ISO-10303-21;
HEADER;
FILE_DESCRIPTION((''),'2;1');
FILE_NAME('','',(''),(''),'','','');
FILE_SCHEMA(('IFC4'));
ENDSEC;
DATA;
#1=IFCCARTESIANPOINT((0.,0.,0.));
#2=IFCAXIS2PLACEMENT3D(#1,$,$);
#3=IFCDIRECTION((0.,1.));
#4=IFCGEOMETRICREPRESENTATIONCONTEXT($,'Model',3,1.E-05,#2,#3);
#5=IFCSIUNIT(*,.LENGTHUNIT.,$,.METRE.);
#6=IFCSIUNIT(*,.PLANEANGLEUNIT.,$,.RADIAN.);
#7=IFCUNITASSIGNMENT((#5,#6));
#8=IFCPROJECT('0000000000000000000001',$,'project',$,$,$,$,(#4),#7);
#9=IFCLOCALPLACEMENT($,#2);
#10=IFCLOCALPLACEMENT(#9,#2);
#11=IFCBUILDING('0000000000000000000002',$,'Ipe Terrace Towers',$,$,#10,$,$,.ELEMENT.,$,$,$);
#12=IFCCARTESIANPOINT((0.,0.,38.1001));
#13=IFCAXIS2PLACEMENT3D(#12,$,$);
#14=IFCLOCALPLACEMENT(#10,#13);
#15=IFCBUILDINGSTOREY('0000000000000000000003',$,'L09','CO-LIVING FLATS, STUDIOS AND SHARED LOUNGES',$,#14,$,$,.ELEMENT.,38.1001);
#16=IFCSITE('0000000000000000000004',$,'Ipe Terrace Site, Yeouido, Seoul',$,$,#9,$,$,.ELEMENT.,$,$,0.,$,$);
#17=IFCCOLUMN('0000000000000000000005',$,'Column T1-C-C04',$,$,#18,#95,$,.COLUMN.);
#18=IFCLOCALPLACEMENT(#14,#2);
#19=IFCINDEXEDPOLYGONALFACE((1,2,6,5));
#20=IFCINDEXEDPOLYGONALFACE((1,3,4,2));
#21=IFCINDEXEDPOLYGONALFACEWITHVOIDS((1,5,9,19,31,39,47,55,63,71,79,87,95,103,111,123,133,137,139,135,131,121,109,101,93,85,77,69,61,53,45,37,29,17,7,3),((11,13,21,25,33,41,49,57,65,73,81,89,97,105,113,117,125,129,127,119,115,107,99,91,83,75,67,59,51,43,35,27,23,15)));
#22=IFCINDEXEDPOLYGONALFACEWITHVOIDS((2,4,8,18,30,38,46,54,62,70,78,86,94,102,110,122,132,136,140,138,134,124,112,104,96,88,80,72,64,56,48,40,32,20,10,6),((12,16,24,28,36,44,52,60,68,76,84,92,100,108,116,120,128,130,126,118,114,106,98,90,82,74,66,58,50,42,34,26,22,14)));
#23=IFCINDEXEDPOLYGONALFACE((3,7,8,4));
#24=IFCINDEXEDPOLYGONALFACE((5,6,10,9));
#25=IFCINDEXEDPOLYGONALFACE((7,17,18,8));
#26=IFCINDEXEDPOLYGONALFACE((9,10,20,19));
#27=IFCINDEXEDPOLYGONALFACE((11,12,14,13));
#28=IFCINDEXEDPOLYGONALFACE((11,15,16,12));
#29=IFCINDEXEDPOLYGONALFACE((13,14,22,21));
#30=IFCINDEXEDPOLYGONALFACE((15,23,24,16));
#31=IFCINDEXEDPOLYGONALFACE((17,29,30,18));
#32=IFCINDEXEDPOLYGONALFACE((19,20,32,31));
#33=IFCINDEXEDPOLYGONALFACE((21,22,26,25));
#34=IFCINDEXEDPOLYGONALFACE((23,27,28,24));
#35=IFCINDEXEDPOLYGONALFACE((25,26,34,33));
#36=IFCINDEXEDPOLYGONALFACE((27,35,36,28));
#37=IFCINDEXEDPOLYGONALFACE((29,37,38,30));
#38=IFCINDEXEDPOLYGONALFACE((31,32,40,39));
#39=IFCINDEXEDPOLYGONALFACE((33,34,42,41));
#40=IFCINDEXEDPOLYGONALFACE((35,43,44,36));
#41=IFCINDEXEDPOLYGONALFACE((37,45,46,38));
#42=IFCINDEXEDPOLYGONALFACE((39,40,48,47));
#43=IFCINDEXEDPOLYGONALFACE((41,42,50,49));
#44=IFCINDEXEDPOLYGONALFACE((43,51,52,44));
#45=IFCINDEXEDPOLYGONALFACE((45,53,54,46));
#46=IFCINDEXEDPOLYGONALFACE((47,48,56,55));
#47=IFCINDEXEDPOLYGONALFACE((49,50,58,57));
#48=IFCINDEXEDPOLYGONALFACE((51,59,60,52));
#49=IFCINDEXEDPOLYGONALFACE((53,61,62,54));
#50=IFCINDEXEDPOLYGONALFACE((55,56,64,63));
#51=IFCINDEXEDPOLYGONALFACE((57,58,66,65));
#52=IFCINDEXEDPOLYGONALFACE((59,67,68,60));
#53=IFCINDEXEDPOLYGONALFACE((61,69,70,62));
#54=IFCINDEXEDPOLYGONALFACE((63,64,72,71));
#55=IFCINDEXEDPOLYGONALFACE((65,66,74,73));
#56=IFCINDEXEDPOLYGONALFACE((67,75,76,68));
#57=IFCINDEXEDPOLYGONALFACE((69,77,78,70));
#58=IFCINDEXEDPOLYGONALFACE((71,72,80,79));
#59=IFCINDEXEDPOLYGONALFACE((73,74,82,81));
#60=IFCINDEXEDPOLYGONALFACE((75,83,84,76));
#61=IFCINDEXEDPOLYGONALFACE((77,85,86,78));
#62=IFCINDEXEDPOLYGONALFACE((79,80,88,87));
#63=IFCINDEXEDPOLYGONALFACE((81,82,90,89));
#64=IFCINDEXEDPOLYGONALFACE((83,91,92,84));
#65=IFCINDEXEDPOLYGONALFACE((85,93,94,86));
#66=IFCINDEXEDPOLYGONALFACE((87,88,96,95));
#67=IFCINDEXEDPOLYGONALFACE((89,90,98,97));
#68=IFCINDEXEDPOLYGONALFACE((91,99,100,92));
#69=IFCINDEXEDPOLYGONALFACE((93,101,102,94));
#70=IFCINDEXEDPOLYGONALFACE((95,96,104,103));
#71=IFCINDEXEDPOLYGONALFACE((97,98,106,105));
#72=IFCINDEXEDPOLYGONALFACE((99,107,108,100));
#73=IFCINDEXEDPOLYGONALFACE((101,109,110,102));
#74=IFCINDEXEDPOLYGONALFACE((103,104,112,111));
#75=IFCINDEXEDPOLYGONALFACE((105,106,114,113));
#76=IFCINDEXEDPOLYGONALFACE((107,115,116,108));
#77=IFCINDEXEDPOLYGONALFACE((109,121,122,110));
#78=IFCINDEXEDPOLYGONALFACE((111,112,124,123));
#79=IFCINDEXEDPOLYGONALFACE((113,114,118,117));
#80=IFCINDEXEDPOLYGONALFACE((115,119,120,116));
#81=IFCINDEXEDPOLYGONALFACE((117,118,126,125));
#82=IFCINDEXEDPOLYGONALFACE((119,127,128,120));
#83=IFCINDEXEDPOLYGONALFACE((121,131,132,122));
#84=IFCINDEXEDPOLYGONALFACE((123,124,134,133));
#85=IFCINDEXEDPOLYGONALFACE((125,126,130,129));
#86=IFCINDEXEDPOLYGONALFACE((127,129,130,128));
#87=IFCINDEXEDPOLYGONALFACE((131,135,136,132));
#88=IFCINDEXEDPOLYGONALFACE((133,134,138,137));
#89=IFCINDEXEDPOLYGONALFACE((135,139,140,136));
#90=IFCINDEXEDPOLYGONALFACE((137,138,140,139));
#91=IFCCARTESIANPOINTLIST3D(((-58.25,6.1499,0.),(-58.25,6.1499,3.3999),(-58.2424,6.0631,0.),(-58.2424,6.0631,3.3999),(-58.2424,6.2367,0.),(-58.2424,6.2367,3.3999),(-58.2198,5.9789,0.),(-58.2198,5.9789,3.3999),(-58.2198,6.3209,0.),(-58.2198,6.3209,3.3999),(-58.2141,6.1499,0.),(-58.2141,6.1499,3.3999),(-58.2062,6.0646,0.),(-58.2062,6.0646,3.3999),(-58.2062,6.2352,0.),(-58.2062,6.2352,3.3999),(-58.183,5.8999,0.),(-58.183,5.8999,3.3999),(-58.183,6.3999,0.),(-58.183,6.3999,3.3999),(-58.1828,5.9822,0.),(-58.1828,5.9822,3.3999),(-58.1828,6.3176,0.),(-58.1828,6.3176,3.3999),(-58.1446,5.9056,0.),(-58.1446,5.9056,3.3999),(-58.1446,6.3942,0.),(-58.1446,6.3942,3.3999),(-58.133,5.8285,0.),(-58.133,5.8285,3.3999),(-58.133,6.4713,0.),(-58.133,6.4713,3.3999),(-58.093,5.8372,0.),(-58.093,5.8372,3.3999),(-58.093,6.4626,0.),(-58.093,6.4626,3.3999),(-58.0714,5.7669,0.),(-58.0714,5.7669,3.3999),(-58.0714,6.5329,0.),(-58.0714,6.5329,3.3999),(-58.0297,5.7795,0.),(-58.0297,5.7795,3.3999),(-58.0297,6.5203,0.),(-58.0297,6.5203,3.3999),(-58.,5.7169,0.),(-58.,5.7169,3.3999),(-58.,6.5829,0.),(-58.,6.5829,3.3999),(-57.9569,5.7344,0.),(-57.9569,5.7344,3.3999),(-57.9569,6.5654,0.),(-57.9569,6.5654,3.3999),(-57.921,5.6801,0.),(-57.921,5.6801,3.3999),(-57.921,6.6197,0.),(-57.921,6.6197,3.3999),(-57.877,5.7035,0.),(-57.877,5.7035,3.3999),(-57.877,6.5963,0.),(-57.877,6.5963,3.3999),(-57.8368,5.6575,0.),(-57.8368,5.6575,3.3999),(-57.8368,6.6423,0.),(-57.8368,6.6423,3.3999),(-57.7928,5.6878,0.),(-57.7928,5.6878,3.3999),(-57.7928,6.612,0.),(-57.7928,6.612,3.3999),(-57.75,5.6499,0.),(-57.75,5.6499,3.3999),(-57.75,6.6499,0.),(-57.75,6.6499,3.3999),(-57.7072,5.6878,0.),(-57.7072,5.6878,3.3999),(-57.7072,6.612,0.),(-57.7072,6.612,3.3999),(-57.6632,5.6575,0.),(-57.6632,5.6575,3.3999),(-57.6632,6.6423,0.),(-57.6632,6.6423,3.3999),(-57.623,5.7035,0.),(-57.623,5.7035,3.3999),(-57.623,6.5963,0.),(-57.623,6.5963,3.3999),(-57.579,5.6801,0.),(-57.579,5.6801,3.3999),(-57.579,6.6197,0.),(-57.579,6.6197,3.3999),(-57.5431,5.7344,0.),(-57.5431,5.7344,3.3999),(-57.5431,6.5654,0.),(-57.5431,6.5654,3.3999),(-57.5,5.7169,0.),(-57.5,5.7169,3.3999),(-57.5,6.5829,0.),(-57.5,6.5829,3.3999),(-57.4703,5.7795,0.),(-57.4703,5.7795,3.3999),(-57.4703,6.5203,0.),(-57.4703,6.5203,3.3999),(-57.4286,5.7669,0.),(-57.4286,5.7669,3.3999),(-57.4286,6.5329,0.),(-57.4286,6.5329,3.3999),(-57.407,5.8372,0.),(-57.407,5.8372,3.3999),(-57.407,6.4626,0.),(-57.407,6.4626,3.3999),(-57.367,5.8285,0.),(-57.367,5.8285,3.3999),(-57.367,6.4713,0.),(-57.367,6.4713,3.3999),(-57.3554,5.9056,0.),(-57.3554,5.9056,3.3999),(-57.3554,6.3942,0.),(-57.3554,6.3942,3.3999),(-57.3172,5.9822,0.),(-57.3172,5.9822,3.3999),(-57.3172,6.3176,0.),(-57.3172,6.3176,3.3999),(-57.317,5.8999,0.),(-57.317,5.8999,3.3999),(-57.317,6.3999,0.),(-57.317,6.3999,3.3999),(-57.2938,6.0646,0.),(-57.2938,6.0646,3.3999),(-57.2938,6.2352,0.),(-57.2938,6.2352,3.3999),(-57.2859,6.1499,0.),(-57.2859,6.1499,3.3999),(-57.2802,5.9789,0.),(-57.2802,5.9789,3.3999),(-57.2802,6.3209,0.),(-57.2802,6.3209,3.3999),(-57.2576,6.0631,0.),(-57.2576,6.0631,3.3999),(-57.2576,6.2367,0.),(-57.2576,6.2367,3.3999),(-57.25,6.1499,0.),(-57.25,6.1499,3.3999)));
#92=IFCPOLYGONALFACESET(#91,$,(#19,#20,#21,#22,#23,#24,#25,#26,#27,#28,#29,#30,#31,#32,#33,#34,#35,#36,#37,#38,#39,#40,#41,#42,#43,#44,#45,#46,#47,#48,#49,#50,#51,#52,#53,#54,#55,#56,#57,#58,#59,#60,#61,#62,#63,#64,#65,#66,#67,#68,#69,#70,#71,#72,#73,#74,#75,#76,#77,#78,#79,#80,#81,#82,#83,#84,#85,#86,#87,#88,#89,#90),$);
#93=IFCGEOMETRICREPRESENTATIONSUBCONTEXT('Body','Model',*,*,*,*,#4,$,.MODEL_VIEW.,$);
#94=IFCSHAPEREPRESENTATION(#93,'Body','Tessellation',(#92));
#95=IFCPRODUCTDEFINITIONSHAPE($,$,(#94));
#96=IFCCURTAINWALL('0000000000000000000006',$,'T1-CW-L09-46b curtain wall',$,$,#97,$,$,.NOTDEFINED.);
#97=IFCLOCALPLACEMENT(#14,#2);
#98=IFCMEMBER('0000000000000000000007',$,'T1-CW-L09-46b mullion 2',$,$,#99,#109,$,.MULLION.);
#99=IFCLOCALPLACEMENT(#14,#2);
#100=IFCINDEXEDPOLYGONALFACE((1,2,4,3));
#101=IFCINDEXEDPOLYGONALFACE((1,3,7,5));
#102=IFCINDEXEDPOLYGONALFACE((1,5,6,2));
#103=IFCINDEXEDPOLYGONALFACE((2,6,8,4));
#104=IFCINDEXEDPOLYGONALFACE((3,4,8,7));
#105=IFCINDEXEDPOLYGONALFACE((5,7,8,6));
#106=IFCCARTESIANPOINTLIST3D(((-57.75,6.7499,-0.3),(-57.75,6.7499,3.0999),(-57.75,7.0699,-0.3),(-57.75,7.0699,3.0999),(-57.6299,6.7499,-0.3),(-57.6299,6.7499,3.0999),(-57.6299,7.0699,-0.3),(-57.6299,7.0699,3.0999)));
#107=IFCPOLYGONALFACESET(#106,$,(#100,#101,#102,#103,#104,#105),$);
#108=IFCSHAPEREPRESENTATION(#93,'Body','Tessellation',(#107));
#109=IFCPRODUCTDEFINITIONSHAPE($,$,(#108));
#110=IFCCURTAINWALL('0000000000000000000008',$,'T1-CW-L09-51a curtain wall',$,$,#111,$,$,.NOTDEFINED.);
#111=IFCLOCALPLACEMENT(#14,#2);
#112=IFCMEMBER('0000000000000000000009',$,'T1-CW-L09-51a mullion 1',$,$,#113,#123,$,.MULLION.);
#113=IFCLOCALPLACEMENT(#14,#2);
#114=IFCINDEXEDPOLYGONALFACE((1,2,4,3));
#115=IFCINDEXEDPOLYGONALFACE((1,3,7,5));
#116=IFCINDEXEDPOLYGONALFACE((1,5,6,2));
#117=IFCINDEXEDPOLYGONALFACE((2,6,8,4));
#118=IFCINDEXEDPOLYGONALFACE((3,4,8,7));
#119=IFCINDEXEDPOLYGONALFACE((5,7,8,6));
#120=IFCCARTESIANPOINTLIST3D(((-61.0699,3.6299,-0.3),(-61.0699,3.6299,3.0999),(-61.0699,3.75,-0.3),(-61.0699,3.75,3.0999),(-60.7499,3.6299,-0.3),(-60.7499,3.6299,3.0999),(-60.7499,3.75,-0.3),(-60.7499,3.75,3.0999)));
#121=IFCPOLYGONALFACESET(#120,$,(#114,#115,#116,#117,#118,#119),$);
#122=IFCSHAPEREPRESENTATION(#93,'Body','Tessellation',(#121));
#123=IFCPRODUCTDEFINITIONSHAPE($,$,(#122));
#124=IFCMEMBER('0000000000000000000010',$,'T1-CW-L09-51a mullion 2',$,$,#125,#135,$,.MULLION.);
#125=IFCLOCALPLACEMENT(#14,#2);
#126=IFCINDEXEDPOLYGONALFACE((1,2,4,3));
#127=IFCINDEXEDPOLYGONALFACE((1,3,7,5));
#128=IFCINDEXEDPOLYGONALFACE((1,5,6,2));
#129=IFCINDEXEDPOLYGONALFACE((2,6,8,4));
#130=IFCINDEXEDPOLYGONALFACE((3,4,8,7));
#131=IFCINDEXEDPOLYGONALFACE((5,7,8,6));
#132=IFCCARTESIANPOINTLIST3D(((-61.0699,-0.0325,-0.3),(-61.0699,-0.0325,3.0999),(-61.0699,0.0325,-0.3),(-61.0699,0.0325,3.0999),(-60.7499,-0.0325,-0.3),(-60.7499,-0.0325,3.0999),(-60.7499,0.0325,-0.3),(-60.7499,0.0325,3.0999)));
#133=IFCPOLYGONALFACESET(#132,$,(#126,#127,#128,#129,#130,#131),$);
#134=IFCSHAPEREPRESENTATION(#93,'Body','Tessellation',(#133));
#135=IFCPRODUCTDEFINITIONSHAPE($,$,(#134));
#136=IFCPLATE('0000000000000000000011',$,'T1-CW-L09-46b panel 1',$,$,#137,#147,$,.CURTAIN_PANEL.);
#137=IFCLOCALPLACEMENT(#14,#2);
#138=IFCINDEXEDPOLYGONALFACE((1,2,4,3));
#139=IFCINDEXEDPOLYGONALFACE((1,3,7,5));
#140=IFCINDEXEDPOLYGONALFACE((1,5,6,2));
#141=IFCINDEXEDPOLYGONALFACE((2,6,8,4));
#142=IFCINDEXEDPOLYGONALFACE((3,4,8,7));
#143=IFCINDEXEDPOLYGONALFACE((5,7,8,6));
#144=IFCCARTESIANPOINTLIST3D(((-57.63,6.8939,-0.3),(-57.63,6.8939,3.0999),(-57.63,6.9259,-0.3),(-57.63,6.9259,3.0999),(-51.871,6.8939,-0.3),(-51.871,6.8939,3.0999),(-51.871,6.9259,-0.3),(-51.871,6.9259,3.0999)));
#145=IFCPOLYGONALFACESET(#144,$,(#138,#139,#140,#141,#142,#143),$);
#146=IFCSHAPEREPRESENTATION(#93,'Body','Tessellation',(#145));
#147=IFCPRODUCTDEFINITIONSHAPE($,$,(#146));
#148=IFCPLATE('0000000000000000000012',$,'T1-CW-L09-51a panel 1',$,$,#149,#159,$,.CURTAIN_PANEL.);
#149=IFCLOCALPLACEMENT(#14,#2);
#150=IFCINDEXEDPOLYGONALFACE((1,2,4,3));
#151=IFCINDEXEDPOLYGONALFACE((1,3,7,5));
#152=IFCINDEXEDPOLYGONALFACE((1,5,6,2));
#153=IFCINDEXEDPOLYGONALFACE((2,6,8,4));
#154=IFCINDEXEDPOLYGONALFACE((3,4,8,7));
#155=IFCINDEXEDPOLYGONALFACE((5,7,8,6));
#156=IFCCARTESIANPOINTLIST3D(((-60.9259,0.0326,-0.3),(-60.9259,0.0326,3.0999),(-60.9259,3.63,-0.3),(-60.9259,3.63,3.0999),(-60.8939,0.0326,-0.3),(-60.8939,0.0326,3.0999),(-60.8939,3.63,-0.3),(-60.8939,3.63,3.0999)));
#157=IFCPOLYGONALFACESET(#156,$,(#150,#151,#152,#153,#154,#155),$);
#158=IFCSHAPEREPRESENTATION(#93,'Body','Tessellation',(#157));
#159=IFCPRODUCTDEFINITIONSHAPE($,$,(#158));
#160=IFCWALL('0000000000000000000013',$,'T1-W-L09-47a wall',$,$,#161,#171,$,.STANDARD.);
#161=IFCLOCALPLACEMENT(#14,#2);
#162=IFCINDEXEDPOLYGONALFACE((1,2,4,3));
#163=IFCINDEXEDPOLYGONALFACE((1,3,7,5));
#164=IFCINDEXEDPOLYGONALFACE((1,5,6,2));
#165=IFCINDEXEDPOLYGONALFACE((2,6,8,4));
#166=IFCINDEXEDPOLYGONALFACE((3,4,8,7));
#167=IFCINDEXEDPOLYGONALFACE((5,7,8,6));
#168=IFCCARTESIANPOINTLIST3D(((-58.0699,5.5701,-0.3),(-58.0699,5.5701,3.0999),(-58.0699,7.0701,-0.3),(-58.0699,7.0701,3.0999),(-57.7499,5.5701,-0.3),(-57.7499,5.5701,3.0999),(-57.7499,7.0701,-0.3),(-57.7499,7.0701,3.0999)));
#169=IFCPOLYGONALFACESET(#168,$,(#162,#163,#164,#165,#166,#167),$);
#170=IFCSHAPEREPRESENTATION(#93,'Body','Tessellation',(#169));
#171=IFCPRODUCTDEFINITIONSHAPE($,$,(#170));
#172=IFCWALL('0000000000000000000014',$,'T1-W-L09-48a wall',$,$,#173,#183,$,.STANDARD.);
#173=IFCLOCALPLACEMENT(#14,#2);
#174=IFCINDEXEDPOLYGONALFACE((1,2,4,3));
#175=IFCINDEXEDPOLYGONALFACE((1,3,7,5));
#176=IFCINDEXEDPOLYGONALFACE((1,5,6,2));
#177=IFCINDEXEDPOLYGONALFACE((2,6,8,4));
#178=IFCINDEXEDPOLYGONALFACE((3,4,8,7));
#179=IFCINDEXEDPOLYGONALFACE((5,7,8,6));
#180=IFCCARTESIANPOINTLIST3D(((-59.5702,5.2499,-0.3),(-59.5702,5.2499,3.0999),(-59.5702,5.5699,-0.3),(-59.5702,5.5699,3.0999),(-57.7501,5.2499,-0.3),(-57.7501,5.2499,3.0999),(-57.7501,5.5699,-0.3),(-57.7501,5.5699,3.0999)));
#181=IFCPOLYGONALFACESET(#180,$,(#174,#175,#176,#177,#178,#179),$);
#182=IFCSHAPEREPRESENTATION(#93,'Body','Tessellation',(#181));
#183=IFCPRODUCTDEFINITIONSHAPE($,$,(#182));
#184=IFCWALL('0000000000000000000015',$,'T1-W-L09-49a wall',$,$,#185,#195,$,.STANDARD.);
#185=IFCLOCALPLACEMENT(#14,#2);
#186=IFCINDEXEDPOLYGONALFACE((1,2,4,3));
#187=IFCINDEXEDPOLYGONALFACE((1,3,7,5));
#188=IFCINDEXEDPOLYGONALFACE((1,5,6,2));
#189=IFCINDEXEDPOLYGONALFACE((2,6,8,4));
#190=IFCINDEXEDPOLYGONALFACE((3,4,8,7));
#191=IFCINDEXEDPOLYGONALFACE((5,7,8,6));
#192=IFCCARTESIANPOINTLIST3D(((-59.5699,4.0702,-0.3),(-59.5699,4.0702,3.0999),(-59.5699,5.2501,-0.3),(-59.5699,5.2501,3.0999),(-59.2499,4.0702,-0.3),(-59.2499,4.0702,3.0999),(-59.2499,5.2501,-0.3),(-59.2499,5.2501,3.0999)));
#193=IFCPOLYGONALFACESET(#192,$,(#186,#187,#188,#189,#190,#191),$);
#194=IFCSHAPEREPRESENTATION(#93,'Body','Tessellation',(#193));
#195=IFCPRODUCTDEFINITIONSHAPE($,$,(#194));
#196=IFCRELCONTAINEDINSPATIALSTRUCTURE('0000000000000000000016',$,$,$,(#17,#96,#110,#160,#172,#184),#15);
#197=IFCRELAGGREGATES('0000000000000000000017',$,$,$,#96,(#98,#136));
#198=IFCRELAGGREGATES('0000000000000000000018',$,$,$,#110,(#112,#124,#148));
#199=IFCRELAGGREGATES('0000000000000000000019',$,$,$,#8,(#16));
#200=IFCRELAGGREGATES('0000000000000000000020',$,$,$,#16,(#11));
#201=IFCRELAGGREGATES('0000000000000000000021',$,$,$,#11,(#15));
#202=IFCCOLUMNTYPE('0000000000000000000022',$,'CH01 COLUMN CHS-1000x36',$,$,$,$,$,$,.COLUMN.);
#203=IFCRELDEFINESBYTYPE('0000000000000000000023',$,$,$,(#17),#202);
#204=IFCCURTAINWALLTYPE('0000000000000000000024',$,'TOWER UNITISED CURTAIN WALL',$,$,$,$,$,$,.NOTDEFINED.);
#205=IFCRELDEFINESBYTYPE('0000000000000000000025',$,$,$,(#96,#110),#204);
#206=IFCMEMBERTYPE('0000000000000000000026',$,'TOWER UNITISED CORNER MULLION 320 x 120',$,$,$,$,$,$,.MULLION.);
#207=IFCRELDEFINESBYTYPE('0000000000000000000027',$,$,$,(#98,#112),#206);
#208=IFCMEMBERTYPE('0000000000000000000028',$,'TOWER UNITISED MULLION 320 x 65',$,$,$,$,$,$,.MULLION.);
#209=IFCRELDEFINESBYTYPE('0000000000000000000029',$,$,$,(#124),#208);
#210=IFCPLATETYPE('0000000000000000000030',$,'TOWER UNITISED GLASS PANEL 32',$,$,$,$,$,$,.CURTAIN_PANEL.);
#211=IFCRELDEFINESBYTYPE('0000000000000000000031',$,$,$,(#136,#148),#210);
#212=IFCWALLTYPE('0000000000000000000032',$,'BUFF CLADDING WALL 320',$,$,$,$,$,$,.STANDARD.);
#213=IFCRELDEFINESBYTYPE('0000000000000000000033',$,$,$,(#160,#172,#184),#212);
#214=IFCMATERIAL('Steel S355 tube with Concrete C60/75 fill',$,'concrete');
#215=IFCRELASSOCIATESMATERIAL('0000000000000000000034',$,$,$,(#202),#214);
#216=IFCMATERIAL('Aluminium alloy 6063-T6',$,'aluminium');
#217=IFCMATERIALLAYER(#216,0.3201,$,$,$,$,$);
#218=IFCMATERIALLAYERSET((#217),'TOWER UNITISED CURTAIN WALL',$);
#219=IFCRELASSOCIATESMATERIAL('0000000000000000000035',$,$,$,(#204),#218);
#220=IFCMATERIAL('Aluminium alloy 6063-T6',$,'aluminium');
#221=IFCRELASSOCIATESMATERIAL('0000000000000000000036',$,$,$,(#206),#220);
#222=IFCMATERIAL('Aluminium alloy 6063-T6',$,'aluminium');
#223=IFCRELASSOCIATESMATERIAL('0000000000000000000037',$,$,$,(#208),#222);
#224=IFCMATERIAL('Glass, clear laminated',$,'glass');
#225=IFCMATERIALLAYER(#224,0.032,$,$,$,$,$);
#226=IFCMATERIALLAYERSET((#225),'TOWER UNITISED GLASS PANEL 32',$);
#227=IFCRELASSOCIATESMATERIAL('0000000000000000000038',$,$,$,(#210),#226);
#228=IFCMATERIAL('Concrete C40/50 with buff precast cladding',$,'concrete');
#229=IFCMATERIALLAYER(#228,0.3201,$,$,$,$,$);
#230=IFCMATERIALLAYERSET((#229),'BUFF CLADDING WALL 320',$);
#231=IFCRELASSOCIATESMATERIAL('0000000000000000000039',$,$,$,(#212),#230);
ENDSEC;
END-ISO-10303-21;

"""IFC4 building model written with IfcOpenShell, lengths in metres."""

from ifc_helpers import new_model, si_unit, direction, frame, frame_2d, origin, origin_2d, place, context, subcontext, project, spatial, rectangle, hollow_circle, extrude, material, layer, layer_set, material_profile, profile_set, type_object, element, aggregate, save


model = new_model("IFC4")

# Units and contexts
model_context = context("Model", 3, precision=1e-05, world=origin(), true_north=direction((0.0, 1.0)))
body_context = subcontext(model_context, "Body", "Model", "MODEL_VIEW")
ifc_project = project(units=[si_unit("LENGTHUNIT", "METRE"), si_unit("PLANEANGLEUNIT", "RADIAN")], contexts=[model_context])

# Site, building, storey
site_placement = place(None, origin())
site = spatial("IfcSite", under=ifc_project, at=site_placement, Name="Ipe Terrace Site, Yeouido, Seoul", CompositionType="ELEMENT", RefElevation=0.0)
building_placement = place(site_placement, origin())
building = spatial("IfcBuilding", under=site, at=building_placement, Name="Ipe Terrace Towers", CompositionType="ELEMENT")
storey_placement = place(building_placement, frame((0.0, 0.0, 38.1001)))
storey = spatial("IfcBuildingStorey", under=building, at=storey_placement, Name="L09", Description="CO-LIVING FLATS, STUDIOS AND SHARED LOUNGES", CompositionType="ELEMENT", Elevation=38.1001)

# Column
ifc_material_1 = material(Name="Steel S355 tube with Concrete C60/75 fill", Category="concrete")
ifc_material_profile_1 = material_profile(ifc_material_1, hollow_circle(Radius=0.5, WallThickness=0.0359, at=origin_2d()), Name="CHS-1000x36")
ifc_profile_set_1 = profile_set([ifc_material_profile_1], Name="Steel S355 tube with Concrete C60/75 fill")
column_type = type_object("IfcColumnType", Name="CH01 COLUMN CHS-1000x36", PredefinedType="COLUMN", material=ifc_profile_set_1)
column_placement = place(storey_placement, frame((-57.75, 6.1499, 0.0), z_axis=(0.0, 0.0, 1.0), x_axis=(1.0, 0.0, 0.0)))
element("IfcColumn", 1, at=column_placement, inside=storey, type_object=column_type, Name="Column T1-C-C04", PredefinedType="COLUMN", context=body_context, shape_type="SweptSolid", body=[
    extrude(hollow_circle(Radius=0.5, WallThickness=0.0359, at=origin_2d()), origin(), (0.0, 0.0, 1.0), 3.3999),
])

# Curtain wall, member
ifc_material_2 = material(Name="Aluminium alloy 6063-T6", Category="aluminium")
ifc_layer_1 = layer(ifc_material_2, 0.3201)
ifc_layer_set_1 = layer_set([ifc_layer_1], Name="TOWER UNITISED CURTAIN WALL")
curtain_wall_type = type_object("IfcCurtainWallType", Name="TOWER UNITISED CURTAIN WALL", PredefinedType="NOTDEFINED", material=ifc_layer_set_1)
curtain_wall_1_placement = place(storey_placement, origin())
curtain_wall_1 = element("IfcCurtainWall", 2, at=curtain_wall_1_placement, inside=storey, type_object=curtain_wall_type, Name="T1-CW-L09-46b curtain wall", PredefinedType="NOTDEFINED")
ifc_material_3 = material(Name="Aluminium alloy 6063-T6", Category="aluminium")
ifc_material_profile_2 = material_profile(ifc_material_3, rectangle(XDim=0.3201, YDim=0.1201, at=origin_2d()), Name="TOWER UNITISED CORNER MULLION 320 x 120")
ifc_profile_set_2 = profile_set([ifc_material_profile_2], Name="Aluminium alloy 6063-T6")
member_type_1 = type_object("IfcMemberType", Name="TOWER UNITISED CORNER MULLION 320 x 120", PredefinedType="MULLION", material=ifc_profile_set_2)
member_1_placement = place(storey_placement, frame((-57.6899, 6.9099, -0.3), z_axis=(0.0, 0.0, 1.0), x_axis=(0.0, 1.0, 0.0)))
member_1 = element("IfcMember", 3, at=member_1_placement, type_object=member_type_1, Name="T1-CW-L09-46b mullion 2", PredefinedType="MULLION", context=body_context, shape_type="SweptSolid", body=[
    extrude(rectangle(XDim=0.3201, YDim=0.1201, at=origin_2d()), origin(), (0.0, 0.0, 1.0), 3.3999),
])

# Curtain wall, members
curtain_wall_2_placement = place(storey_placement, origin())
curtain_wall_2 = element("IfcCurtainWall", 4, at=curtain_wall_2_placement, inside=storey, type_object=curtain_wall_type, Name="T1-CW-L09-51a curtain wall", PredefinedType="NOTDEFINED")
member_2_placement = place(storey_placement, frame((-60.9099, 3.6899, -0.3), z_axis=(0.0, 0.0, 1.0), x_axis=(-1.0, 0.0, 0.0)))
member_2 = element("IfcMember", 5, at=member_2_placement, type_object=member_type_1, Name="T1-CW-L09-51a mullion 1", PredefinedType="MULLION", context=body_context, shape_type="SweptSolid", body=[
    extrude(rectangle(XDim=0.3201, YDim=0.1201, at=origin_2d()), origin(), (0.0, 0.0, 1.0), 3.3999),
])
ifc_material_4 = material(Name="Aluminium alloy 6063-T6", Category="aluminium")
ifc_material_profile_3 = material_profile(ifc_material_4, rectangle(XDim=0.3201, YDim=0.0649, at=origin_2d()), Name="TOWER UNITISED MULLION 320 x 65")
ifc_profile_set_3 = profile_set([ifc_material_profile_3], Name="Aluminium alloy 6063-T6")
member_type_2 = type_object("IfcMemberType", Name="TOWER UNITISED MULLION 320 x 65", PredefinedType="MULLION", material=ifc_profile_set_3)
member_3_placement = place(storey_placement, frame((-60.9099, 0.0, -0.3), z_axis=(0.0, 0.0, 1.0), x_axis=(-1.0, 0.0, 0.0)))
member_3 = element("IfcMember", 6, at=member_3_placement, type_object=member_type_2, Name="T1-CW-L09-51a mullion 2", PredefinedType="MULLION", context=body_context, shape_type="SweptSolid", body=[
    extrude(rectangle(XDim=0.3201, YDim=0.0649, at=origin_2d()), origin(), (0.0, 0.0, 1.0), 3.3999),
])

# Plates
ifc_material_5 = material(Name="Glass, clear laminated", Category="glass")
ifc_layer_2 = layer(ifc_material_5, 0.032)
ifc_layer_set_2 = layer_set([ifc_layer_2], Name="TOWER UNITISED GLASS PANEL 32")
plate_type = type_object("IfcPlateType", Name="TOWER UNITISED GLASS PANEL 32", PredefinedType="CURTAIN_PANEL", material=ifc_layer_set_2)
plate_1_placement = place(storey_placement, frame((-54.7505, 6.9099, -0.3), z_axis=(0.0, 0.0, 1.0), x_axis=(-1.0, 0.0, 0.0)))
plate_1 = element("IfcPlate", 7, at=plate_1_placement, type_object=plate_type, Name="T1-CW-L09-46b panel 1", PredefinedType="CURTAIN_PANEL", context=body_context, shape_type="SweptSolid", body=[
    extrude(rectangle(XDim=5.759, YDim=0.032, at=origin_2d()), origin(), (0.0, 0.0, 1.0), 3.3999),
])
aggregate(curtain_wall_1, [member_1, plate_1])
plate_2_placement = place(storey_placement, frame((-60.9099, 1.8313, -0.3), z_axis=(0.0, 0.0, 1.0), x_axis=(0.0, -1.0, 0.0)))
plate_2 = element("IfcPlate", 8, at=plate_2_placement, type_object=plate_type, Name="T1-CW-L09-51a panel 1", PredefinedType="CURTAIN_PANEL", context=body_context, shape_type="SweptSolid", body=[
    extrude(rectangle(XDim=3.5974, YDim=0.032, at=origin_2d()), origin(), (0.0, 0.0, 1.0), 3.3999),
])
aggregate(curtain_wall_2, [member_2, member_3, plate_2])

# Walls
ifc_material_6 = material(Name="Concrete C40/50 with buff precast cladding", Category="concrete")
ifc_layer_3 = layer(ifc_material_6, 0.3201)
ifc_layer_set_3 = layer_set([ifc_layer_3], Name="BUFF CLADDING WALL 320")
wall_type_1 = type_object("IfcWallType", Name="BUFF CLADDING WALL 320", PredefinedType="STANDARD", material=ifc_layer_set_3)
wall_1_placement = place(storey_placement, frame((-57.9099, 7.0701, -0.3), z_axis=(0.0, 0.0, 1.0), x_axis=(0.0, -1.0, 0.0)))
element("IfcWall", 9, at=wall_1_placement, inside=storey, type_object=wall_type_1, Name="T1-W-L09-47a wall", PredefinedType="STANDARD", context=body_context, shape_type="SweptSolid", body=[
    extrude(rectangle(XDim=1.5, YDim=0.3201, at=frame_2d((0.75, 0.0))), origin(), (0.0, 0.0, 1.0), 3.3999),
])
wall_2_placement = place(storey_placement, frame((-57.75, 5.4099, -0.3), z_axis=(0.0, 0.0, 1.0), x_axis=(-1.0, 0.0, 0.0)))
element("IfcWall", 10, at=wall_2_placement, inside=storey, type_object=wall_type_1, Name="T1-W-L09-48a wall", PredefinedType="STANDARD", context=body_context, shape_type="SweptSolid", body=[
    extrude(rectangle(XDim=1.8201, YDim=0.3201, at=frame_2d((0.9102, 0.0))), origin(), (0.0, 0.0, 1.0), 3.3999),
])
wall_3_placement = place(storey_placement, frame((-59.4099, 5.25, -0.3), z_axis=(0.0, 0.0, 1.0), x_axis=(0.0, -1.0, 0.0)))
element("IfcWall", 11, at=wall_3_placement, inside=storey, type_object=wall_type_1, Name="T1-W-L09-49a wall", PredefinedType="STANDARD", context=body_context, shape_type="SweptSolid", body=[
    extrude(rectangle(XDim=1.1799, YDim=0.3201, at=frame_2d((0.5898, 0.0))), origin(), (0.0, 0.0, 1.0), 3.3999),
])

save(model, "model.ifc")
